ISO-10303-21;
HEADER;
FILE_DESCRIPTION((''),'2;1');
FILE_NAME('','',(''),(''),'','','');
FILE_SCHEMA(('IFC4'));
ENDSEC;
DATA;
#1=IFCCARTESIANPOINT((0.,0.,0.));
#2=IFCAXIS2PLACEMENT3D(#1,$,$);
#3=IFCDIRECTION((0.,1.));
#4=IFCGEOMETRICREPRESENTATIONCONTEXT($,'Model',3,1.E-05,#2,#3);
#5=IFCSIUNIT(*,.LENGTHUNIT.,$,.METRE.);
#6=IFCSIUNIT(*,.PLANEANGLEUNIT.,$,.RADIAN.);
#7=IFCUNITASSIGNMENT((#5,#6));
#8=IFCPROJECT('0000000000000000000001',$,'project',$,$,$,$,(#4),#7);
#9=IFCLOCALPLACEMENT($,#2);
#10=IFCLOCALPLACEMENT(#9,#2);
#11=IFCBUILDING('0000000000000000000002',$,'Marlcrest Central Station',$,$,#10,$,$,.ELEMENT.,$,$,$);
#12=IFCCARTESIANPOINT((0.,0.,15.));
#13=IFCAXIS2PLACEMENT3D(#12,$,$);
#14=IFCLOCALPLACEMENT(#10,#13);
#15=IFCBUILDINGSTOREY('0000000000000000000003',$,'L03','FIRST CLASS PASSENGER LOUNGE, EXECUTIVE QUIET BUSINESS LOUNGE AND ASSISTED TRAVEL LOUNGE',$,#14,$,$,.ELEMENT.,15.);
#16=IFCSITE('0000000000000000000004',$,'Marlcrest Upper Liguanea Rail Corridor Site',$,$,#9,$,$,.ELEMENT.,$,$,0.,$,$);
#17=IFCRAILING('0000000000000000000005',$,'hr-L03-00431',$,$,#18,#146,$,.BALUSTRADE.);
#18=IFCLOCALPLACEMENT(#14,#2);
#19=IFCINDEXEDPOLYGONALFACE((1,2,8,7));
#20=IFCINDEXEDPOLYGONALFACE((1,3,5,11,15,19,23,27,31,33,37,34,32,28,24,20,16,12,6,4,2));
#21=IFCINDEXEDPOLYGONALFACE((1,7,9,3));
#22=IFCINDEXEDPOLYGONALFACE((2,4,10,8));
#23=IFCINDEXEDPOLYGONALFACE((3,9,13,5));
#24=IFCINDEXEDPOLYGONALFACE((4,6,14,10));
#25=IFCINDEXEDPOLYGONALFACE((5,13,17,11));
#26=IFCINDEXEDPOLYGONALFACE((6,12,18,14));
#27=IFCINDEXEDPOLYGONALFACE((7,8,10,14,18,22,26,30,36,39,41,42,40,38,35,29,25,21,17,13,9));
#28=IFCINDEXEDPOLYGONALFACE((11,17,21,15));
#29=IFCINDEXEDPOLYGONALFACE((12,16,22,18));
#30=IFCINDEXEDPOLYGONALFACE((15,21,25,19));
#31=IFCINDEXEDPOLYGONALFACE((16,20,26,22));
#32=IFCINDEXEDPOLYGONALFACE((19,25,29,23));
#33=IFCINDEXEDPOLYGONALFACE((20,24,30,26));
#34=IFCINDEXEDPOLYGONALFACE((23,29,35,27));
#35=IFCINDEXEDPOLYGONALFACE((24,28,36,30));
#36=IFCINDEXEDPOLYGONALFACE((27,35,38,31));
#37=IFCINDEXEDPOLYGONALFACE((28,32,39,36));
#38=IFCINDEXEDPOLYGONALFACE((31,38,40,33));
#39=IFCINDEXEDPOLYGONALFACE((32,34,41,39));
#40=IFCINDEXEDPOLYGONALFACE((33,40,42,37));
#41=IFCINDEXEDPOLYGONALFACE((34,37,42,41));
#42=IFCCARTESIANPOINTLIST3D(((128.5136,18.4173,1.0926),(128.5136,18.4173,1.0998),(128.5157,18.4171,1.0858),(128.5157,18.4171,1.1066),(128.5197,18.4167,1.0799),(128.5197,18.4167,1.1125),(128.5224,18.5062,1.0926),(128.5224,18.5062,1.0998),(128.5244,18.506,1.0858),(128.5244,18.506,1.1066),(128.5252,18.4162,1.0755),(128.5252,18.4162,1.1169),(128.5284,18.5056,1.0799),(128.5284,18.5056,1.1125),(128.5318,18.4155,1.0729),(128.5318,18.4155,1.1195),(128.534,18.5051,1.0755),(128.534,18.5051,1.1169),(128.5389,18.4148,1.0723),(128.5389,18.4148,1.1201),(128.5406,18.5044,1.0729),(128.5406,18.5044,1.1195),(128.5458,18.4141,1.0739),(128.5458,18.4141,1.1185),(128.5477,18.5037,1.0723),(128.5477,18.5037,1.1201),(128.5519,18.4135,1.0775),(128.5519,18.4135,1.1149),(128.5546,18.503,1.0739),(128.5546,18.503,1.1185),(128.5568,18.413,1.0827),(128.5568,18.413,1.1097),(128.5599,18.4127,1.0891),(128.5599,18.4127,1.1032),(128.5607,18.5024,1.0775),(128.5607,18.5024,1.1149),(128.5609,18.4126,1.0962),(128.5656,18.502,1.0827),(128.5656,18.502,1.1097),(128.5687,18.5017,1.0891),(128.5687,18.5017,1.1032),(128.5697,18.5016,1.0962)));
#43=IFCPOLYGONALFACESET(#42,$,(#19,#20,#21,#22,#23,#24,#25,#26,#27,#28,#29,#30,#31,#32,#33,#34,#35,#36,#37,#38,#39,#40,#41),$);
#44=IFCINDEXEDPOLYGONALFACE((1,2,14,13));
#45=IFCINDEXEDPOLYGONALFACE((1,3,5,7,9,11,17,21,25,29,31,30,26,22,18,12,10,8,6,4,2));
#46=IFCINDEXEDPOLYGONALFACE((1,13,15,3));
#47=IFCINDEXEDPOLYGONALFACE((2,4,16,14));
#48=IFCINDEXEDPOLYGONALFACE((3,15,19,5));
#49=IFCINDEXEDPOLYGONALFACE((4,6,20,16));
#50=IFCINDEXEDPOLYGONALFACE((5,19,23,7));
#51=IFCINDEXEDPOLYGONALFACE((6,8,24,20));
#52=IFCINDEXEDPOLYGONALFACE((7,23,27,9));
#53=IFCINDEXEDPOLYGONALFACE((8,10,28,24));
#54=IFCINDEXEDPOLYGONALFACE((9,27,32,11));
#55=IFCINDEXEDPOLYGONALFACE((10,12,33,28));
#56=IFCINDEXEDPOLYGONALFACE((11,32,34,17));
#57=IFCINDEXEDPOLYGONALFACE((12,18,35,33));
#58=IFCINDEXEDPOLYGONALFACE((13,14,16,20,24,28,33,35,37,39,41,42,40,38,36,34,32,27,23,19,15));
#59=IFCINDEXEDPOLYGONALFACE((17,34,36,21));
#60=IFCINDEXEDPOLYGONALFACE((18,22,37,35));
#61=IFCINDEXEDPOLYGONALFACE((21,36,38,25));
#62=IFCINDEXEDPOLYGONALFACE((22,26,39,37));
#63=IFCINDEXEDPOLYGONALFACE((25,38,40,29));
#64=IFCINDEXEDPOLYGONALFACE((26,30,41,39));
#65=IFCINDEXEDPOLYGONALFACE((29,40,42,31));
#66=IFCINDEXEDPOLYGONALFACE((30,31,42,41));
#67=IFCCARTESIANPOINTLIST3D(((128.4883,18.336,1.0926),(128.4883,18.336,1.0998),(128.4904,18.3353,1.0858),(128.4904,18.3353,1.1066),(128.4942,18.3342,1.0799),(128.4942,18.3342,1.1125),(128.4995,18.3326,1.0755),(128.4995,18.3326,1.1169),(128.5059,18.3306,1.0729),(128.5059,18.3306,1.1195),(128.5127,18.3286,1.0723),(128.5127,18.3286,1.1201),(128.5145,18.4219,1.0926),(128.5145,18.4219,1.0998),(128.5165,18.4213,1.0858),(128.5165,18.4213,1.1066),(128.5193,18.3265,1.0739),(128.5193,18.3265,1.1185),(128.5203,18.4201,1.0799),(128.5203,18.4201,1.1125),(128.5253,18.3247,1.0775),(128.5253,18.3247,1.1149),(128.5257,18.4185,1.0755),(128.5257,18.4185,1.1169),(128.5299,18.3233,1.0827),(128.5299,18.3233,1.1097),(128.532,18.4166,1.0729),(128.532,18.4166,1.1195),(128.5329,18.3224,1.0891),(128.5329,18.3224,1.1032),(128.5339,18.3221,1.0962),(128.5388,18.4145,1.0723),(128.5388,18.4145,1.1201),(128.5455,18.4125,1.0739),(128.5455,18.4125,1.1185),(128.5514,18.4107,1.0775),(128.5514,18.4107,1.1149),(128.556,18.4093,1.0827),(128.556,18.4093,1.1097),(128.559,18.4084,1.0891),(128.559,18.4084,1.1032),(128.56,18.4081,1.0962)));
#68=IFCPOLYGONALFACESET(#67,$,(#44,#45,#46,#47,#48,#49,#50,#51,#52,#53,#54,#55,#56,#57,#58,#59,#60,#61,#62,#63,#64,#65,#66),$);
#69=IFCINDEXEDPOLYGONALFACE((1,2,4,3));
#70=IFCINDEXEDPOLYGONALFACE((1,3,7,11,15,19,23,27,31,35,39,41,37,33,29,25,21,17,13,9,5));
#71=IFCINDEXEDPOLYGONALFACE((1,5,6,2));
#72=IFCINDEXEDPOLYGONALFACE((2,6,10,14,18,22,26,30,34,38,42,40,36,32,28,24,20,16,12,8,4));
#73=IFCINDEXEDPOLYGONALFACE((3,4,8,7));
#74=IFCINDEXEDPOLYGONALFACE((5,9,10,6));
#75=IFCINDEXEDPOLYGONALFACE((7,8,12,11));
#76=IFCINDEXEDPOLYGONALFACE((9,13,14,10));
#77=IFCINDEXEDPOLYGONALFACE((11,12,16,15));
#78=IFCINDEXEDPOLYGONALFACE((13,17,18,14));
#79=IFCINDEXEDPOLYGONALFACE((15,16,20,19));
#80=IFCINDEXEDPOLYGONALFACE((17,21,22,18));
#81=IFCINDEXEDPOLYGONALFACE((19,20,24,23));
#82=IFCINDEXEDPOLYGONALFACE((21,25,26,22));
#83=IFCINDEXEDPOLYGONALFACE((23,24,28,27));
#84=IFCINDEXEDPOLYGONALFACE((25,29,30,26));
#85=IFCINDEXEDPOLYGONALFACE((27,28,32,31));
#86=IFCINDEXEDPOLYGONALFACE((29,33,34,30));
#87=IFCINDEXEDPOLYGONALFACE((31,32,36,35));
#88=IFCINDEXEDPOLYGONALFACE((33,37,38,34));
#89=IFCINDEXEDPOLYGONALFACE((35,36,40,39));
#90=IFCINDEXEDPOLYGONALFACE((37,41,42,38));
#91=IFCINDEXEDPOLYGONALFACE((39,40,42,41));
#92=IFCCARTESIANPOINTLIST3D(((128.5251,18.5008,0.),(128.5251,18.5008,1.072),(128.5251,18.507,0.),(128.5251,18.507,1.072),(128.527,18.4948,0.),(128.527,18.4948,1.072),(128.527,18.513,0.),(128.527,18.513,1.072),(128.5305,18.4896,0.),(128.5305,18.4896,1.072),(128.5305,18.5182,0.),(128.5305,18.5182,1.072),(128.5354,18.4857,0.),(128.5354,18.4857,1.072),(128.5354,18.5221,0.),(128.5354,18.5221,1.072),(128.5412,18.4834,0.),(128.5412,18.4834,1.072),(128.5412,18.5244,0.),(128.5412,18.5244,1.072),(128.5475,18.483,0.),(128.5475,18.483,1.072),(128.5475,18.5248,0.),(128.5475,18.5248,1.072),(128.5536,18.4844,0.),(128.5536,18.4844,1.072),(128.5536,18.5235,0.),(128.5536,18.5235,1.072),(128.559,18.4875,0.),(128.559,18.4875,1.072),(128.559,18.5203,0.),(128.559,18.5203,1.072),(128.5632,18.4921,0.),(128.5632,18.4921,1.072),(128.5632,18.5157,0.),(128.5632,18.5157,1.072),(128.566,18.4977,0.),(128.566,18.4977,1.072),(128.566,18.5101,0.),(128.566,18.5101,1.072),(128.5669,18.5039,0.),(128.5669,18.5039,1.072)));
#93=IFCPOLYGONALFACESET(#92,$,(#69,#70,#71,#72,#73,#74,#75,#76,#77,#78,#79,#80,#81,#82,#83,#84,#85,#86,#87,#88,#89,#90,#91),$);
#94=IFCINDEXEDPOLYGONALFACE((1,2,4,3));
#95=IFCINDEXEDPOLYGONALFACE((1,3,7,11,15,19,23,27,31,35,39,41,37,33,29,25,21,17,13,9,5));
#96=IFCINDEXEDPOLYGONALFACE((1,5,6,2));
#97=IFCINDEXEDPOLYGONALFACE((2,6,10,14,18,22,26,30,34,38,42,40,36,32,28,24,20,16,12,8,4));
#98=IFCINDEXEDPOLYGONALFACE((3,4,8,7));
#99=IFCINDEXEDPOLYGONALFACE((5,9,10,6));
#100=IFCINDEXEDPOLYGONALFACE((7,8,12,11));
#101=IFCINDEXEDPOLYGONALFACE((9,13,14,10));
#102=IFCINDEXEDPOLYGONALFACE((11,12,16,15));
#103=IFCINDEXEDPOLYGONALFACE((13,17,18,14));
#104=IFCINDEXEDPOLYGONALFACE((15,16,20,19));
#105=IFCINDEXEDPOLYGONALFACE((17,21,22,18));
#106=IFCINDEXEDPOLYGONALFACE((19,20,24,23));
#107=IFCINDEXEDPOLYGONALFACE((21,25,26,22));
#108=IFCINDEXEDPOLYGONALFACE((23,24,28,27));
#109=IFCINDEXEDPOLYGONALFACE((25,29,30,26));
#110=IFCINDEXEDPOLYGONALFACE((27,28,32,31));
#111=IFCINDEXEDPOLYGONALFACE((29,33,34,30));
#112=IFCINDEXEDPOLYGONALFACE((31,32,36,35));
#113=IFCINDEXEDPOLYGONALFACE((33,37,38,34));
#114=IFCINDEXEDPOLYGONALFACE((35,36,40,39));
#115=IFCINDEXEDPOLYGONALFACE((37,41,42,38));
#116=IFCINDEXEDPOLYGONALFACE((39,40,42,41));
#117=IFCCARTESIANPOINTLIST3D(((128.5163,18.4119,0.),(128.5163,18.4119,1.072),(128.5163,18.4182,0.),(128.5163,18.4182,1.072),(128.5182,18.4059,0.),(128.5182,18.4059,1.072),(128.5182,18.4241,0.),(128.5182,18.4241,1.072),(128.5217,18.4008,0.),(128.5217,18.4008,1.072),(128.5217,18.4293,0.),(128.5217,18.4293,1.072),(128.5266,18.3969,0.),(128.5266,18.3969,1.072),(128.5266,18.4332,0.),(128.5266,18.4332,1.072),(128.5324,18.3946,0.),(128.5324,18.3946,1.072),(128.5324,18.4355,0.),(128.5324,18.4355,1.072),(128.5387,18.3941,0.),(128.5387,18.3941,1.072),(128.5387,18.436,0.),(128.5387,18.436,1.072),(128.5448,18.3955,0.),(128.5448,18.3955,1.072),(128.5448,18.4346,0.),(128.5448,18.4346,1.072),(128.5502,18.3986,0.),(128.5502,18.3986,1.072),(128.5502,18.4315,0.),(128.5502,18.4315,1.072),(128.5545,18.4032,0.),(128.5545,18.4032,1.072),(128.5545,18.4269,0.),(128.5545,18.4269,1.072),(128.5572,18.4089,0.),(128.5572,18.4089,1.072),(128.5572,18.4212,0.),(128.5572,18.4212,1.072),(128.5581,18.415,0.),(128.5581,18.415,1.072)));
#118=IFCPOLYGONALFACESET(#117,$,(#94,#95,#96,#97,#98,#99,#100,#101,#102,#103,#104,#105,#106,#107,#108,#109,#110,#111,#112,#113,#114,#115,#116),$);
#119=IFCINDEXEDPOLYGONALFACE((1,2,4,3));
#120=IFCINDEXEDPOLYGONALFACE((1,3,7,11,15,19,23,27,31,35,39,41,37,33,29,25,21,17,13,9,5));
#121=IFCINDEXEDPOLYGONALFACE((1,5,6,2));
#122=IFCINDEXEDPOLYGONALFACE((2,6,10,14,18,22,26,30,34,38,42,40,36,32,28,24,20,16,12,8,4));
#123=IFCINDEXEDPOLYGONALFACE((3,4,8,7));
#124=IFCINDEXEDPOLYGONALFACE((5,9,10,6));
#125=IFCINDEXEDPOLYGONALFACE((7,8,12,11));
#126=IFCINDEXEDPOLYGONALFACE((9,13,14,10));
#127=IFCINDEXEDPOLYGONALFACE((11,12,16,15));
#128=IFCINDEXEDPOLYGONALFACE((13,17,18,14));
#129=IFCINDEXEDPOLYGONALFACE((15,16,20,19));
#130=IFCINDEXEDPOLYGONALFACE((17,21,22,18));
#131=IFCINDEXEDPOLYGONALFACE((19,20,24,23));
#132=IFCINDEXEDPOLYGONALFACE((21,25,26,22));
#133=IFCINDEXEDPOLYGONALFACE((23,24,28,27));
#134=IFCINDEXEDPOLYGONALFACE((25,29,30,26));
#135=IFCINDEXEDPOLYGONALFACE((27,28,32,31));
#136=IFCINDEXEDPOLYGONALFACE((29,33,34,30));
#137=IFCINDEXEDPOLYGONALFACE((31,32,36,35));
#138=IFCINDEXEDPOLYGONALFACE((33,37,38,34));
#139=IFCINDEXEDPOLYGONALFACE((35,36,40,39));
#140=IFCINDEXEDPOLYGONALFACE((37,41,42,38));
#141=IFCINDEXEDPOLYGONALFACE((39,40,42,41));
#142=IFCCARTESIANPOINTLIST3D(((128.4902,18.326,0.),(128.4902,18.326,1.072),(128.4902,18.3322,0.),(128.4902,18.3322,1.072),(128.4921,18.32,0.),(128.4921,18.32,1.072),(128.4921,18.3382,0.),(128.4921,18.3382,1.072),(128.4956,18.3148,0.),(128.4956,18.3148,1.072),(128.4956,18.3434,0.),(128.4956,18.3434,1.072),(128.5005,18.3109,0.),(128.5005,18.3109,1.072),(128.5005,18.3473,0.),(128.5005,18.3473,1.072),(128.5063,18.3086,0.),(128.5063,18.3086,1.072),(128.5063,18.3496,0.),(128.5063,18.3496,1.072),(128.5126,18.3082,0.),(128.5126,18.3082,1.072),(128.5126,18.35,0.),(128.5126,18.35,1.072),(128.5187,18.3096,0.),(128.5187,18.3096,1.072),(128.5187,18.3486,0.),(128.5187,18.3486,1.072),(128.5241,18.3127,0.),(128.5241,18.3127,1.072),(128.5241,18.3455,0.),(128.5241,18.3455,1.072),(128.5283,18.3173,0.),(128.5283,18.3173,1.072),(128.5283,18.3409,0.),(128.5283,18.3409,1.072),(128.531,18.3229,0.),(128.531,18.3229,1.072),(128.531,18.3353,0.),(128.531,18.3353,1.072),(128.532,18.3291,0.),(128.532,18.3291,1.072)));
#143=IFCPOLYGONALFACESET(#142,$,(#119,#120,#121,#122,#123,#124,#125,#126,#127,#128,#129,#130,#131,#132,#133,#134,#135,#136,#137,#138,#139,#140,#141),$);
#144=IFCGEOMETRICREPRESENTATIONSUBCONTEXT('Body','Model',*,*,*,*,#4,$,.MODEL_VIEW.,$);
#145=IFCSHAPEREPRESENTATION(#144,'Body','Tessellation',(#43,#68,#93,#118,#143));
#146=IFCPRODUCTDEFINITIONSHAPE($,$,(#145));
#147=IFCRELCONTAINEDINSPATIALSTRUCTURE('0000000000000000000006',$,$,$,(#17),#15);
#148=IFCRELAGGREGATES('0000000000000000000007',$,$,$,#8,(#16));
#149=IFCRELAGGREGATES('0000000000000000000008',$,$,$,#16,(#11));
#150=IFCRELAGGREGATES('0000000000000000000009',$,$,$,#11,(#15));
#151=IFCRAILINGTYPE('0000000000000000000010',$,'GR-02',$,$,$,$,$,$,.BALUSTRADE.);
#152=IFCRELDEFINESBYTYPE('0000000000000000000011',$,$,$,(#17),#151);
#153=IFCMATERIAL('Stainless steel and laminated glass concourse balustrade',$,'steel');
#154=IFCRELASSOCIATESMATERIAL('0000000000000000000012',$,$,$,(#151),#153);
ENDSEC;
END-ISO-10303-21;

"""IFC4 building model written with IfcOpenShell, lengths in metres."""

from ifc_helpers import new_model, si_unit, direction, frame, origin, origin_2d, place, context, subcontext, project, spatial, circle, extrude, material, type_object, element, save


model = new_model("IFC4")

# Units and contexts
model_context = context("Model", 3, precision=1e-05, world=origin(), true_north=direction((0.0, 1.0)))
body_context = subcontext(model_context, "Body", "Model", "MODEL_VIEW")
ifc_project = project(units=[si_unit("LENGTHUNIT", "METRE"), si_unit("PLANEANGLEUNIT", "RADIAN")], contexts=[model_context])

# Site, building, storey
site_placement = place(None, origin())
site = spatial("IfcSite", under=ifc_project, at=site_placement, Name="Marlcrest Upper Liguanea Rail Corridor Site", CompositionType="ELEMENT", RefElevation=0.0)
building_placement = place(site_placement, origin())
building = spatial("IfcBuilding", under=site, at=building_placement, Name="Marlcrest Central Station", CompositionType="ELEMENT")
storey_placement = place(building_placement, frame((0.0, 0.0, 15.0)))
storey = spatial("IfcBuildingStorey", under=building, at=storey_placement, Name="L03", Description="FIRST CLASS PASSENGER LOUNGE, EXECUTIVE QUIET BUSINESS LOUNGE AND ASSISTED TRAVEL LOUNGE", CompositionType="ELEMENT", Elevation=15.0)

# Railing
ifc_material_1 = material(Name="Stainless steel and laminated glass concourse balustrade", Category="steel")
railing_type = type_object("IfcRailingType", Name="GR-02", PredefinedType="BALUSTRADE", material=ifc_material_1)
railing_1_placement = place(storey_placement, frame((128.5459, 18.5039, 0.0)))
element("IfcRailing", 1, at=railing_1_placement, inside=storey, type_object=railing_type, Name="hr-L03-00431", PredefinedType="BALUSTRADE", context=body_context, shape_type="SweptSolid", body=[
    extrude(circle(Radius=0.0239, at=origin_2d()), frame((0.0, 0.0, 1.0962), z_axis=(-0.098421, -0.995145, 0.0), x_axis=(0.995145, -0.098421, 0.0)), (0.0, 0.0, 1.0), 0.0894),
    extrude(circle(Radius=0.0239, at=origin_2d()), frame((-0.0088, -0.0889, 1.0962), z_axis=(-0.290837, -0.956773, 0.0), x_axis=(0.956773, -0.290837, 0.0)), (0.0, 0.0, 1.0), 0.0898),
    extrude(circle(Radius=0.021, at=origin_2d()), origin(), (0.0, 0.0, 1.0), 1.072),
    extrude(circle(Radius=0.021, at=origin_2d()), frame((-0.0088, -0.0889, 0.0)), (0.0, 0.0, 1.0), 1.072),
    extrude(circle(Radius=0.021, at=origin_2d()), frame((-0.0349, -0.1748, 0.0)), (0.0, 0.0, 1.0), 1.072),
])

save(model, "model.ifc")
